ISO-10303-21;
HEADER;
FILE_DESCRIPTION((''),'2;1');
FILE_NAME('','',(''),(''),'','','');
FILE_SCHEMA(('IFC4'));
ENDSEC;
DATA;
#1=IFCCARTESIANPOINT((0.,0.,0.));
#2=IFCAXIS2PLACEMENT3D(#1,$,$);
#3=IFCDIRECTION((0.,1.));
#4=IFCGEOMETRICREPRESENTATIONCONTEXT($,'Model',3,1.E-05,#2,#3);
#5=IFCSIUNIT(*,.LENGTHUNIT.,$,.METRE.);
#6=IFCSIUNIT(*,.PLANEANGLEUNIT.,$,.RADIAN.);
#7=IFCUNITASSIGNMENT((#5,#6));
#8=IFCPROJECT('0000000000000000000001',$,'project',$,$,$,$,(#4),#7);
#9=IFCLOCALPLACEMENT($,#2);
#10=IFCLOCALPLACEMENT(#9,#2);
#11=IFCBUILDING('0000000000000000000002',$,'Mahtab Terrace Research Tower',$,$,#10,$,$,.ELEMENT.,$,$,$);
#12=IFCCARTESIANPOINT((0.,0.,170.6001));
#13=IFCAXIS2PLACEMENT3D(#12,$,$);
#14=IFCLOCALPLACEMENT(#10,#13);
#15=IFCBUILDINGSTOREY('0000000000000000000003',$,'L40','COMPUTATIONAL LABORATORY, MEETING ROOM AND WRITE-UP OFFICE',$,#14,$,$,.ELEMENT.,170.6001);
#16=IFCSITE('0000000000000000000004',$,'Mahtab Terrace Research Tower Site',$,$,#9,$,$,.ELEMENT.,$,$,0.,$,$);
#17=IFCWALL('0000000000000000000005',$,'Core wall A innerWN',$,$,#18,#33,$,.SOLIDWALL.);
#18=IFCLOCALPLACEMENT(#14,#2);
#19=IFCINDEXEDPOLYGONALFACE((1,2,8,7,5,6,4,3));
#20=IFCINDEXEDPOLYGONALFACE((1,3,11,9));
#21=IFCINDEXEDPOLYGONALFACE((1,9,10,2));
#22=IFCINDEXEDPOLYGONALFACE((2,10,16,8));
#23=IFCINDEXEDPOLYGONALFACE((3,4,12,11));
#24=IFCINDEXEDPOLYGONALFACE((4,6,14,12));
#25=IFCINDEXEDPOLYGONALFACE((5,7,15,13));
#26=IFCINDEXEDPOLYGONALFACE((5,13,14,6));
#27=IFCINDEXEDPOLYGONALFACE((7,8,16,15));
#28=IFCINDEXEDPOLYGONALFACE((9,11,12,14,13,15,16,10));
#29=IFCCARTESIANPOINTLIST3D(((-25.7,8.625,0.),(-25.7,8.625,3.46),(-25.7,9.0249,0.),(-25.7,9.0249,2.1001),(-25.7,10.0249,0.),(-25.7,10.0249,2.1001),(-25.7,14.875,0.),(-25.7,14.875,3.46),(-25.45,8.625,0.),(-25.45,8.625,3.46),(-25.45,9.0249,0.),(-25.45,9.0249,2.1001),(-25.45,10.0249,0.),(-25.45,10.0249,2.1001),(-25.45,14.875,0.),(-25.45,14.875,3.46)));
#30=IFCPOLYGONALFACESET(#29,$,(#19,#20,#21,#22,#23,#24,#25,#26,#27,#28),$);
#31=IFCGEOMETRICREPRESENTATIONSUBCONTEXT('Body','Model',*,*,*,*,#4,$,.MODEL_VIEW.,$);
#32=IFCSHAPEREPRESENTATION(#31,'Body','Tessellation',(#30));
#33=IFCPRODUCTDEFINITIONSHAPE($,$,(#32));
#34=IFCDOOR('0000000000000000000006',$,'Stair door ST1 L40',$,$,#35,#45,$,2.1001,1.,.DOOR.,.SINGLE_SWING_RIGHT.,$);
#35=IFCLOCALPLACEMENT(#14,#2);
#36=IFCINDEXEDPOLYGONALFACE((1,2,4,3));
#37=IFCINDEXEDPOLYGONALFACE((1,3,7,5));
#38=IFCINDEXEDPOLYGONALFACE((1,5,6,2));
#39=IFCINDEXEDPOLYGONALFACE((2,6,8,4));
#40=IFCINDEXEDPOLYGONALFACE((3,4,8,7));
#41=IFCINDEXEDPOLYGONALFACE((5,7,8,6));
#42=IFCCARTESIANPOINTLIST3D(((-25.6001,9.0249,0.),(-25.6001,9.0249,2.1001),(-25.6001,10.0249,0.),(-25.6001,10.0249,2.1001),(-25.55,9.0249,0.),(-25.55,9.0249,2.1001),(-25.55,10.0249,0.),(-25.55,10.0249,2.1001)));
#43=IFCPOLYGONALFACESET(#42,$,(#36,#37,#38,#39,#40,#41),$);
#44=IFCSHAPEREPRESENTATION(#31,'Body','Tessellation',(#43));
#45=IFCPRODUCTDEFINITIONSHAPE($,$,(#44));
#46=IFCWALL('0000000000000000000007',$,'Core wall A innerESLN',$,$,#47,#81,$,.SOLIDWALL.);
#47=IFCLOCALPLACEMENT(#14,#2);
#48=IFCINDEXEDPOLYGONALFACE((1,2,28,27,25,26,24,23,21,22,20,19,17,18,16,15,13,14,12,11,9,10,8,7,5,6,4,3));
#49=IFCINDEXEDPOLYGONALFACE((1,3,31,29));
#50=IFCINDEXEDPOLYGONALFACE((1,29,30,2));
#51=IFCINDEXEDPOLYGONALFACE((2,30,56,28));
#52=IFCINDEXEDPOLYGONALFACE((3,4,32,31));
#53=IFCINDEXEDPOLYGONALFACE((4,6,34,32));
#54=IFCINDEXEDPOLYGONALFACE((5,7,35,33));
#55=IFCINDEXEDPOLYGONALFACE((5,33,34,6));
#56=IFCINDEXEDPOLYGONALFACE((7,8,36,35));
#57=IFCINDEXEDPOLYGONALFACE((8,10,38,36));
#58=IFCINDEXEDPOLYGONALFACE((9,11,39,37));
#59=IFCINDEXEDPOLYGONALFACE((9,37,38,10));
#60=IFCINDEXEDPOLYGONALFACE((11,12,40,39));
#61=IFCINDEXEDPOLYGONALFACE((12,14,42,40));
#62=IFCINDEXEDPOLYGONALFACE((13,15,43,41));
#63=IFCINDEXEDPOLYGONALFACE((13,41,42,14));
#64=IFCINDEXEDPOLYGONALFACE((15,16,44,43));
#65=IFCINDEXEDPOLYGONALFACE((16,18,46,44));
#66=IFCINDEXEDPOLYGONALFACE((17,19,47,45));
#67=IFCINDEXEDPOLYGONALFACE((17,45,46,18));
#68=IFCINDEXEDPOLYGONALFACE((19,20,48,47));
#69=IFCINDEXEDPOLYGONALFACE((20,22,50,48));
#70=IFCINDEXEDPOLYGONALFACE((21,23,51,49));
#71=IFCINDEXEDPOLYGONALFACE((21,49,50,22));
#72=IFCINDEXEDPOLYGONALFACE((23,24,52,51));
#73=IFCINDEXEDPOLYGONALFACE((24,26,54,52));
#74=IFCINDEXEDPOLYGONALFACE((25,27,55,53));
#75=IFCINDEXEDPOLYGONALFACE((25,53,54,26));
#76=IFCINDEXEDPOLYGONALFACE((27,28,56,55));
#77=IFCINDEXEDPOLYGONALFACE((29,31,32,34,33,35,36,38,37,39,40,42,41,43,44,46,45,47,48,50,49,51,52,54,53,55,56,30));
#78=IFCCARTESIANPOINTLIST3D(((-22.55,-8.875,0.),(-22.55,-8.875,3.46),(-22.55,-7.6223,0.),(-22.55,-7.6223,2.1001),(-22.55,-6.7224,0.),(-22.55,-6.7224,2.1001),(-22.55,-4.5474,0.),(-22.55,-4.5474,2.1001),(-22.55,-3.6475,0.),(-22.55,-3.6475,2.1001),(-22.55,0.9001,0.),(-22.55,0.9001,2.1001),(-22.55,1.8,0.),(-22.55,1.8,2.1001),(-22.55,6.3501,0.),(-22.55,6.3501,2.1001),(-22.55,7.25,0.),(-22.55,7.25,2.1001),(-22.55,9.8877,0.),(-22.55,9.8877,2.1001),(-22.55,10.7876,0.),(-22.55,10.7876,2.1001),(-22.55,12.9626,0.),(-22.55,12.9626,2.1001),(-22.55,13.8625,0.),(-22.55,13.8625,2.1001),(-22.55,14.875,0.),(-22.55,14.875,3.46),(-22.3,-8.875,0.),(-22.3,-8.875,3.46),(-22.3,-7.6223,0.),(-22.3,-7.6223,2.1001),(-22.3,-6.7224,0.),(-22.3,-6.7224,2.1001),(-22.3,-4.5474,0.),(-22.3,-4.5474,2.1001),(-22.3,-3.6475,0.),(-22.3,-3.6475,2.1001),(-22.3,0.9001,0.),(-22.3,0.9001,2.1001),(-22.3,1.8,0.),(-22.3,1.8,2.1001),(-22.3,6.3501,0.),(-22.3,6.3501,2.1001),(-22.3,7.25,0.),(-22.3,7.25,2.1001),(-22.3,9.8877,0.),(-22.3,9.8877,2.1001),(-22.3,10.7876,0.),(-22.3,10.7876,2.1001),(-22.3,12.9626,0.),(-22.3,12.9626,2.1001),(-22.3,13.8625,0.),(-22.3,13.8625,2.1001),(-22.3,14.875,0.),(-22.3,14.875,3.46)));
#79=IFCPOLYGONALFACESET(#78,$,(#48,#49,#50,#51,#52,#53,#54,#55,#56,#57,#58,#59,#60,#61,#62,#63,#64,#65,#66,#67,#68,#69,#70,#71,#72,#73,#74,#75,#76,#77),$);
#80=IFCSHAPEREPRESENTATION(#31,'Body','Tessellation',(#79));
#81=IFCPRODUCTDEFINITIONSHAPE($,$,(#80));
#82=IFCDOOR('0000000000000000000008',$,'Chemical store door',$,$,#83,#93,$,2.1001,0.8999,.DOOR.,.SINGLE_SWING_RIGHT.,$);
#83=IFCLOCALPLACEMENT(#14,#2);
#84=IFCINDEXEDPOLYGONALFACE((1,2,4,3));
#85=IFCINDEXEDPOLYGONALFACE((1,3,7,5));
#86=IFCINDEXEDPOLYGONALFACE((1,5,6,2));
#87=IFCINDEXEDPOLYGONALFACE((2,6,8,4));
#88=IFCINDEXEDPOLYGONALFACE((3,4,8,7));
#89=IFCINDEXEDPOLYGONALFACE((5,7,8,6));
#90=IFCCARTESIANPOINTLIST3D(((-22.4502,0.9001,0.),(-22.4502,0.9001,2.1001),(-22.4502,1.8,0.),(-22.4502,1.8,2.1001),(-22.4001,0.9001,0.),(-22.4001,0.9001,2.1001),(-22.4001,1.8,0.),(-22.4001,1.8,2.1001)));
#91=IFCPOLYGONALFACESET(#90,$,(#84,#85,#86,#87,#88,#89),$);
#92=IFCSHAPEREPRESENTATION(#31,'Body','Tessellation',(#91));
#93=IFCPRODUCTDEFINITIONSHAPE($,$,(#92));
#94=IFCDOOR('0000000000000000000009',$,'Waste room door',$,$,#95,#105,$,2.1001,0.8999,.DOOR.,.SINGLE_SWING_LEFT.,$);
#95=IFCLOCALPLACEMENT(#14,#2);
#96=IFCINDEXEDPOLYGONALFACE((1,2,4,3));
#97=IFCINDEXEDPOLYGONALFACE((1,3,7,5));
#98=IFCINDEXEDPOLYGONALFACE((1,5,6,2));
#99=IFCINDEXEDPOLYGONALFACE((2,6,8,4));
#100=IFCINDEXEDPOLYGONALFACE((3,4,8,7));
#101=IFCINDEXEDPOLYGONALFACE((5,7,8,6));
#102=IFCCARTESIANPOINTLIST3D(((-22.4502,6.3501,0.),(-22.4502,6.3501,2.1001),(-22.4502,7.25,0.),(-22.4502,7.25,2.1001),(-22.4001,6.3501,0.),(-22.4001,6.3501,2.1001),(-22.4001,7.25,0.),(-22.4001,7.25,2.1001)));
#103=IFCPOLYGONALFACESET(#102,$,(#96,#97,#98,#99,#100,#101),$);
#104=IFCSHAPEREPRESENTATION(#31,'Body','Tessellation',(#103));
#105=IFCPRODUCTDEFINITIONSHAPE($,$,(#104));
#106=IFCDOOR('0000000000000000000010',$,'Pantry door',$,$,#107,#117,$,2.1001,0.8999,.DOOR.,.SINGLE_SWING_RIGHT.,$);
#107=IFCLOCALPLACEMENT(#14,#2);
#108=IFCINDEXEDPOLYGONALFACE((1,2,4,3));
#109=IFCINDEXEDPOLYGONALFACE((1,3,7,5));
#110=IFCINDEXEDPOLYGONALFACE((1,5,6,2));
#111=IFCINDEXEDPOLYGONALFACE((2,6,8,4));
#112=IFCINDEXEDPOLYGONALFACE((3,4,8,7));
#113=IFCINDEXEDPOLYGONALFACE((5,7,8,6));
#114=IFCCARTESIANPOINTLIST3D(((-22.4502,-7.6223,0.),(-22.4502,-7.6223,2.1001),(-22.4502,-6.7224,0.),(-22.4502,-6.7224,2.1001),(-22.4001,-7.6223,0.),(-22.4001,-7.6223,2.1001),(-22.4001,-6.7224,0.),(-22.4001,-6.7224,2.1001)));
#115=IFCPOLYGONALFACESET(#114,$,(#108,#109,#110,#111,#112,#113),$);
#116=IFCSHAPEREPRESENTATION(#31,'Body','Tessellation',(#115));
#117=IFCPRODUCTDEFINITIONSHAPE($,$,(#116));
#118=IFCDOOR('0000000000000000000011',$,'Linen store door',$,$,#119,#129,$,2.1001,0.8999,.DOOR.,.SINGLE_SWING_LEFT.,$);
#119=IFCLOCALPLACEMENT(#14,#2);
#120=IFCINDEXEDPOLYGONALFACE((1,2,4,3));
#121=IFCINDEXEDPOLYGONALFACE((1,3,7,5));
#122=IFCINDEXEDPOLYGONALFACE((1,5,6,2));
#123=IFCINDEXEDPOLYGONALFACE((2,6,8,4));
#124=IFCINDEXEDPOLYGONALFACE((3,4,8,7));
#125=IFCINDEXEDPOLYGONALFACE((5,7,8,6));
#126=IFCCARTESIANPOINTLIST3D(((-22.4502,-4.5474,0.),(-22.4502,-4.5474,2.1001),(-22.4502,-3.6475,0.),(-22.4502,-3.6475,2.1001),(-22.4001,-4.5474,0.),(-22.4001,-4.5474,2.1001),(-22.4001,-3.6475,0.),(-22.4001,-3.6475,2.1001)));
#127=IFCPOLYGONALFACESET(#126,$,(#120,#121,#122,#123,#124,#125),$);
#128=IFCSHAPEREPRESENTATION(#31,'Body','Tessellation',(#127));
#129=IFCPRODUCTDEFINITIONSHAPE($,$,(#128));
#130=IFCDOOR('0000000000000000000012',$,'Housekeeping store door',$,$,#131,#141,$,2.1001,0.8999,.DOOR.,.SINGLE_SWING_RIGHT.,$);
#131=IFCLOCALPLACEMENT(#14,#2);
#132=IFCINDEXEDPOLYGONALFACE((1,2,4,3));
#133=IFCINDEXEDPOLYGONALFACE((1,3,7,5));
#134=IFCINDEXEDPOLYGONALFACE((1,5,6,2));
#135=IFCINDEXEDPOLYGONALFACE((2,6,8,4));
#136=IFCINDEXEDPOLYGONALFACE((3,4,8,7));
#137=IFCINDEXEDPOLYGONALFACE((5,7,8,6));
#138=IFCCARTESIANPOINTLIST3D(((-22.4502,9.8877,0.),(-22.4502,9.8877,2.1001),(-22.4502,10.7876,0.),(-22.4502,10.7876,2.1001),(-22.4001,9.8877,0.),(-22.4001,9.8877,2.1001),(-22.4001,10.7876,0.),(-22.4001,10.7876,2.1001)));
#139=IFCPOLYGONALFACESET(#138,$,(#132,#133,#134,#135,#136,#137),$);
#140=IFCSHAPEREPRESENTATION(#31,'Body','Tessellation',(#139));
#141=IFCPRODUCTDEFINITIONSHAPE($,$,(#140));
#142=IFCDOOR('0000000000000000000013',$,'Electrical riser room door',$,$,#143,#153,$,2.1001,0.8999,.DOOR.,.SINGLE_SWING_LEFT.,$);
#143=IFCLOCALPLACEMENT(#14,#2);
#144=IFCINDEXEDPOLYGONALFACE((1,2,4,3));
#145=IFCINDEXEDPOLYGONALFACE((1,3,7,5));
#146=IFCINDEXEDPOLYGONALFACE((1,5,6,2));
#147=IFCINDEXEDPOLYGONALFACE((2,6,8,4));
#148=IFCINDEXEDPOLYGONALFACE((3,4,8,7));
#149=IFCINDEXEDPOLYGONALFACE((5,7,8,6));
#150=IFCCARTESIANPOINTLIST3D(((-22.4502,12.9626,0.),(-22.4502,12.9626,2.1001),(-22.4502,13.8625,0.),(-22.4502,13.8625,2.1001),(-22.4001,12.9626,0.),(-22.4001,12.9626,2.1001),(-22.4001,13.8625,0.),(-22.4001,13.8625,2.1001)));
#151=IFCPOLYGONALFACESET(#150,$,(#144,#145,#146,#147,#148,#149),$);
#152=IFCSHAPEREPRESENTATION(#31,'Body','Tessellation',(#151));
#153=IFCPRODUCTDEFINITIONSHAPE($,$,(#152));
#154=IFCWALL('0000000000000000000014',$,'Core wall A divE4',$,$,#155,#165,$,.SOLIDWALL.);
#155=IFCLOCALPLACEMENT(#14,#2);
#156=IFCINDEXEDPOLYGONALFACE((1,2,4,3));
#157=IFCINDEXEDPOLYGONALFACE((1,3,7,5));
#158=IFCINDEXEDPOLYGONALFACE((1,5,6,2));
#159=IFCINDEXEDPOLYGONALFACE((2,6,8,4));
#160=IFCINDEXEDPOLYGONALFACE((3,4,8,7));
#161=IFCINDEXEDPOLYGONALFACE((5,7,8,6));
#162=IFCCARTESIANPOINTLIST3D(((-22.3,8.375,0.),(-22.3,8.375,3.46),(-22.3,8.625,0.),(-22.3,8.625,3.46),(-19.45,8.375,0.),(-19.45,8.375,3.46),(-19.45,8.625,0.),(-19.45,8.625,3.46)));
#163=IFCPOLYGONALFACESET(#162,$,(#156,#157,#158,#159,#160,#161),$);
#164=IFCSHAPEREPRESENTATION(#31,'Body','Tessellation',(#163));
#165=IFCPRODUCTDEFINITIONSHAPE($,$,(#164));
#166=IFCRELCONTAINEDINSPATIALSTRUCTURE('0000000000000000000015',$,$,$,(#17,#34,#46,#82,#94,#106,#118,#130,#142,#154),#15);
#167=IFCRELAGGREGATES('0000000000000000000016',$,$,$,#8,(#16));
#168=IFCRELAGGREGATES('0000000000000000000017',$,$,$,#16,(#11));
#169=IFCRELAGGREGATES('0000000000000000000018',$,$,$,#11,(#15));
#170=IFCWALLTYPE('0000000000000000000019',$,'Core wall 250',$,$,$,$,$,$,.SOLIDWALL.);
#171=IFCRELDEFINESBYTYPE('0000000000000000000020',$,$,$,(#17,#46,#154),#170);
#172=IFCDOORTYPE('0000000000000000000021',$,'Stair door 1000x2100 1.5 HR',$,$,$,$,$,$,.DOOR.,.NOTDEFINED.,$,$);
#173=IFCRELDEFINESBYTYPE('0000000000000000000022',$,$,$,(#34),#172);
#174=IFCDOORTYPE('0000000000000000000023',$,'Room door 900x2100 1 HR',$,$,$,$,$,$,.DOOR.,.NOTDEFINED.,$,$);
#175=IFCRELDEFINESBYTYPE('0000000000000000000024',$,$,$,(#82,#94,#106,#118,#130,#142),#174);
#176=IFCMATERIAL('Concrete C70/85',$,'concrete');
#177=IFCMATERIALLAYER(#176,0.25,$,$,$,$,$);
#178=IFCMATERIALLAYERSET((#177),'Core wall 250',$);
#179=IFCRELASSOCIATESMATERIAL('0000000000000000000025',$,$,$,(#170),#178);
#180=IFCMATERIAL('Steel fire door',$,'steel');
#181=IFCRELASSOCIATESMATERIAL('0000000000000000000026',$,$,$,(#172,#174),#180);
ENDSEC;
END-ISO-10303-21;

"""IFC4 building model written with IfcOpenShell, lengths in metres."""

from ifc_helpers import new_model, si_unit, direction, frame, frame_2d, origin, place, context, subcontext, project, spatial, rectangle, extrude, material, layer, layer_set, type_object, element, fill, save


model = new_model("IFC4")

# Units and contexts
model_context = context("Model", 3, precision=1e-05, world=origin(), true_north=direction((0.0, 1.0)))
body_context = subcontext(model_context, "Body", "Model", "MODEL_VIEW")
ifc_project = project(units=[si_unit("LENGTHUNIT", "METRE"), si_unit("PLANEANGLEUNIT", "RADIAN")], contexts=[model_context])

# Site, building, storey
site_placement = place(None, origin())
site = spatial("IfcSite", under=ifc_project, at=site_placement, Name="Mahtab Terrace Research Tower Site", CompositionType="ELEMENT", RefElevation=0.0)
building_placement = place(site_placement, origin())
building = spatial("IfcBuilding", under=site, at=building_placement, Name="Mahtab Terrace Research Tower", CompositionType="ELEMENT")
storey_placement = place(building_placement, frame((0.0, 0.0, 170.6001)))
storey = spatial("IfcBuildingStorey", under=building, at=storey_placement, Name="L40", Description="COMPUTATIONAL LABORATORY, MEETING ROOM AND WRITE-UP OFFICE", CompositionType="ELEMENT", Elevation=170.6001)

# Shared definitions
ifc_material_1 = material(Name="Concrete C70/85", Category="concrete")

# Wall, opening, door
ifc_layer_1 = layer(ifc_material_1, 0.25)
ifc_layer_set_1 = layer_set([ifc_layer_1], Name="Core wall 250")
wall_type_1 = type_object("IfcWallType", Name="Core wall 250", PredefinedType="SOLIDWALL", material=ifc_layer_set_1)
wall_1_placement = place(storey_placement, frame((-25.575, 14.875, 0.0), z_axis=(0.0, 0.0, 1.0), x_axis=(0.0, -1.0, 0.0)))
wall_1 = element("IfcWall", 1, at=wall_1_placement, inside=storey, type_object=wall_type_1, Name="Core wall A innerWN", PredefinedType="SOLIDWALL", context=body_context, shape_type="SweptSolid", body=[
    extrude(rectangle(XDim=6.25, YDim=0.25, at=frame_2d((3.125, 0.0))), origin(), (0.0, 0.0, 1.0), 3.46),
])
opening_1_placement = place(wall_1_placement, frame((4.8501, 0.0, 0.0)))
opening_1 = element("IfcOpeningElement", 2, at=opening_1_placement, cuts=wall_1, PredefinedType="OPENING", context=body_context, shape_type="SweptSolid", body=[
    extrude(rectangle(XDim=1.0, YDim=2.1001, at=frame_2d((0.5, 1.05))), frame((0.0, 0.135, 0.0), z_axis=(0.0, -1.0, 0.0), x_axis=(1.0, 0.0, 0.0)), (0.0, 0.0, 1.0), 0.27),
])
ifc_material_2 = material(Name="Steel fire door", Category="steel")
door_type_1 = type_object("IfcDoorType", Name="Stair door 1000x2100 1.5 HR", OperationType="NOTDEFINED", PredefinedType="DOOR", material=ifc_material_2)
door_1_placement = place(opening_1_placement, origin())
door_1 = element("IfcDoor", 3, at=door_1_placement, inside=storey, type_object=door_type_1, Name="Stair door ST1 L40", OperationType="SINGLE_SWING_RIGHT", OverallHeight=2.1001, OverallWidth=1.0, PredefinedType="DOOR", context=body_context, shape_type="SweptSolid", body=[
    extrude(rectangle(XDim=1.0, YDim=2.1001, at=frame_2d((0.5, 1.05))), frame((0.0, 0.0249, 0.0), z_axis=(0.0, -1.0, 0.0), x_axis=(1.0, 0.0, 0.0)), (0.0, 0.0, 1.0), 0.05),
])
fill(opening_1, door_1)

# Wall, openings, doors
wall_2_placement = place(storey_placement, frame((-22.425, 14.875, 0.0), z_axis=(0.0, 0.0, 1.0), x_axis=(0.0, -1.0, 0.0)))
wall_2 = element("IfcWall", 4, at=wall_2_placement, inside=storey, type_object=wall_type_1, Name="Core wall A innerESLN", PredefinedType="SOLIDWALL", context=body_context, shape_type="SweptSolid", body=[
    extrude(rectangle(XDim=23.75, YDim=0.25, at=frame_2d((11.875, 0.0))), origin(), (0.0, 0.0, 1.0), 3.46),
])
opening_2_placement = place(wall_2_placement, frame((13.075, 0.0, 0.0)))
opening_2 = element("IfcOpeningElement", 5, at=opening_2_placement, cuts=wall_2, PredefinedType="OPENING", context=body_context, shape_type="SweptSolid", body=[
    extrude(rectangle(XDim=0.8999, YDim=2.1001, at=frame_2d((0.45, 1.05))), frame((0.0, 0.135, 0.0), z_axis=(0.0, -1.0, 0.0), x_axis=(1.0, 0.0, 0.0)), (0.0, 0.0, 1.0), 0.27),
])
opening_3_placement = place(wall_2_placement, frame((7.625, 0.0, 0.0)))
opening_3 = element("IfcOpeningElement", 6, at=opening_3_placement, cuts=wall_2, PredefinedType="OPENING", context=body_context, shape_type="SweptSolid", body=[
    extrude(rectangle(XDim=0.8999, YDim=2.1001, at=frame_2d((0.45, 1.05))), frame((0.0, 0.135, 0.0), z_axis=(0.0, -1.0, 0.0), x_axis=(1.0, 0.0, 0.0)), (0.0, 0.0, 1.0), 0.27),
])
opening_4_placement = place(wall_2_placement, frame((21.5974, 0.0, 0.0)))
opening_4 = element("IfcOpeningElement", 7, at=opening_4_placement, cuts=wall_2, PredefinedType="OPENING", context=body_context, shape_type="SweptSolid", body=[
    extrude(rectangle(XDim=0.8999, YDim=2.1001, at=frame_2d((0.45, 1.05))), frame((0.0, 0.135, 0.0), z_axis=(0.0, -1.0, 0.0), x_axis=(1.0, 0.0, 0.0)), (0.0, 0.0, 1.0), 0.27),
])
opening_5_placement = place(wall_2_placement, frame((18.5225, 0.0, 0.0)))
opening_5 = element("IfcOpeningElement", 8, at=opening_5_placement, cuts=wall_2, PredefinedType="OPENING", context=body_context, shape_type="SweptSolid", body=[
    extrude(rectangle(XDim=0.8999, YDim=2.1001, at=frame_2d((0.45, 1.05))), frame((0.0, 0.135, 0.0), z_axis=(0.0, -1.0, 0.0), x_axis=(1.0, 0.0, 0.0)), (0.0, 0.0, 1.0), 0.27),
])
opening_6_placement = place(wall_2_placement, frame((4.0874, 0.0, 0.0)))
opening_6 = element("IfcOpeningElement", 9, at=opening_6_placement, cuts=wall_2, PredefinedType="OPENING", context=body_context, shape_type="SweptSolid", body=[
    extrude(rectangle(XDim=0.8999, YDim=2.1001, at=frame_2d((0.45, 1.05))), frame((0.0, 0.135, 0.0), z_axis=(0.0, -1.0, 0.0), x_axis=(1.0, 0.0, 0.0)), (0.0, 0.0, 1.0), 0.27),
])
opening_7_placement = place(wall_2_placement, frame((1.0125, 0.0, 0.0)))
opening_7 = element("IfcOpeningElement", 10, at=opening_7_placement, cuts=wall_2, PredefinedType="OPENING", context=body_context, shape_type="SweptSolid", body=[
    extrude(rectangle(XDim=0.8999, YDim=2.1001, at=frame_2d((0.45, 1.05))), frame((0.0, 0.135, 0.0), z_axis=(0.0, -1.0, 0.0), x_axis=(1.0, 0.0, 0.0)), (0.0, 0.0, 1.0), 0.27),
])
door_type_2 = type_object("IfcDoorType", Name="Room door 900x2100 1 HR", OperationType="NOTDEFINED", PredefinedType="DOOR", material=ifc_material_2)
door_2_placement = place(opening_2_placement, origin())
door_2 = element("IfcDoor", 11, at=door_2_placement, inside=storey, type_object=door_type_2, Name="Chemical store door", OperationType="SINGLE_SWING_RIGHT", OverallHeight=2.1001, OverallWidth=0.8999, PredefinedType="DOOR", context=body_context, shape_type="SweptSolid", body=[
    extrude(rectangle(XDim=0.8999, YDim=2.1001, at=frame_2d((0.45, 1.05))), frame((0.0, 0.0249, 0.0), z_axis=(0.0, -1.0, 0.0), x_axis=(1.0, 0.0, 0.0)), (0.0, 0.0, 1.0), 0.05),
])
fill(opening_2, door_2)
door_3_placement = place(opening_3_placement, origin())
door_3 = element("IfcDoor", 12, at=door_3_placement, inside=storey, type_object=door_type_2, Name="Waste room door", OperationType="SINGLE_SWING_LEFT", OverallHeight=2.1001, OverallWidth=0.8999, PredefinedType="DOOR", context=body_context, shape_type="SweptSolid", body=[
    extrude(rectangle(XDim=0.8999, YDim=2.1001, at=frame_2d((0.45, 1.05))), frame((0.0, 0.0249, 0.0), z_axis=(0.0, -1.0, 0.0), x_axis=(1.0, 0.0, 0.0)), (0.0, 0.0, 1.0), 0.05),
])
fill(opening_3, door_3)
door_4_placement = place(opening_4_placement, origin())
door_4 = element("IfcDoor", 13, at=door_4_placement, inside=storey, type_object=door_type_2, Name="Pantry door", OperationType="SINGLE_SWING_RIGHT", OverallHeight=2.1001, OverallWidth=0.8999, PredefinedType="DOOR", context=body_context, shape_type="SweptSolid", body=[
    extrude(rectangle(XDim=0.8999, YDim=2.1001, at=frame_2d((0.45, 1.05))), frame((0.0, 0.0249, 0.0), z_axis=(0.0, -1.0, 0.0), x_axis=(1.0, 0.0, 0.0)), (0.0, 0.0, 1.0), 0.05),
])
fill(opening_4, door_4)
door_5_placement = place(opening_5_placement, origin())
door_5 = element("IfcDoor", 14, at=door_5_placement, inside=storey, type_object=door_type_2, Name="Linen store door", OperationType="SINGLE_SWING_LEFT", OverallHeight=2.1001, OverallWidth=0.8999, PredefinedType="DOOR", context=body_context, shape_type="SweptSolid", body=[
    extrude(rectangle(XDim=0.8999, YDim=2.1001, at=frame_2d((0.45, 1.05))), frame((0.0, 0.0249, 0.0), z_axis=(0.0, -1.0, 0.0), x_axis=(1.0, 0.0, 0.0)), (0.0, 0.0, 1.0), 0.05),
])
fill(opening_5, door_5)
door_6_placement = place(opening_6_placement, origin())
door_6 = element("IfcDoor", 15, at=door_6_placement, inside=storey, type_object=door_type_2, Name="Housekeeping store door", OperationType="SINGLE_SWING_RIGHT", OverallHeight=2.1001, OverallWidth=0.8999, PredefinedType="DOOR", context=body_context, shape_type="SweptSolid", body=[
    extrude(rectangle(XDim=0.8999, YDim=2.1001, at=frame_2d((0.45, 1.05))), frame((0.0, 0.0249, 0.0), z_axis=(0.0, -1.0, 0.0), x_axis=(1.0, 0.0, 0.0)), (0.0, 0.0, 1.0), 0.05),
])
fill(opening_6, door_6)
door_7_placement = place(opening_7_placement, origin())
door_7 = element("IfcDoor", 16, at=door_7_placement, inside=storey, type_object=door_type_2, Name="Electrical riser room door", OperationType="SINGLE_SWING_LEFT", OverallHeight=2.1001, OverallWidth=0.8999, PredefinedType="DOOR", context=body_context, shape_type="SweptSolid", body=[
    extrude(rectangle(XDim=0.8999, YDim=2.1001, at=frame_2d((0.45, 1.05))), frame((0.0, 0.0249, 0.0), z_axis=(0.0, -1.0, 0.0), x_axis=(1.0, 0.0, 0.0)), (0.0, 0.0, 1.0), 0.05),
])
fill(opening_7, door_7)

# Wall
wall_3_placement = place(storey_placement, frame((-22.3, 8.5, 0.0), z_axis=(0.0, 0.0, 1.0), x_axis=(1.0, 0.0, 0.0)))
element("IfcWall", 17, at=wall_3_placement, inside=storey, type_object=wall_type_1, Name="Core wall A divE4", PredefinedType="SOLIDWALL", context=body_context, shape_type="SweptSolid", body=[
    extrude(rectangle(XDim=2.8501, YDim=0.25, at=frame_2d((1.425, 0.0))), origin(), (0.0, 0.0, 1.0), 3.46),
])

save(model, "model.ifc")
